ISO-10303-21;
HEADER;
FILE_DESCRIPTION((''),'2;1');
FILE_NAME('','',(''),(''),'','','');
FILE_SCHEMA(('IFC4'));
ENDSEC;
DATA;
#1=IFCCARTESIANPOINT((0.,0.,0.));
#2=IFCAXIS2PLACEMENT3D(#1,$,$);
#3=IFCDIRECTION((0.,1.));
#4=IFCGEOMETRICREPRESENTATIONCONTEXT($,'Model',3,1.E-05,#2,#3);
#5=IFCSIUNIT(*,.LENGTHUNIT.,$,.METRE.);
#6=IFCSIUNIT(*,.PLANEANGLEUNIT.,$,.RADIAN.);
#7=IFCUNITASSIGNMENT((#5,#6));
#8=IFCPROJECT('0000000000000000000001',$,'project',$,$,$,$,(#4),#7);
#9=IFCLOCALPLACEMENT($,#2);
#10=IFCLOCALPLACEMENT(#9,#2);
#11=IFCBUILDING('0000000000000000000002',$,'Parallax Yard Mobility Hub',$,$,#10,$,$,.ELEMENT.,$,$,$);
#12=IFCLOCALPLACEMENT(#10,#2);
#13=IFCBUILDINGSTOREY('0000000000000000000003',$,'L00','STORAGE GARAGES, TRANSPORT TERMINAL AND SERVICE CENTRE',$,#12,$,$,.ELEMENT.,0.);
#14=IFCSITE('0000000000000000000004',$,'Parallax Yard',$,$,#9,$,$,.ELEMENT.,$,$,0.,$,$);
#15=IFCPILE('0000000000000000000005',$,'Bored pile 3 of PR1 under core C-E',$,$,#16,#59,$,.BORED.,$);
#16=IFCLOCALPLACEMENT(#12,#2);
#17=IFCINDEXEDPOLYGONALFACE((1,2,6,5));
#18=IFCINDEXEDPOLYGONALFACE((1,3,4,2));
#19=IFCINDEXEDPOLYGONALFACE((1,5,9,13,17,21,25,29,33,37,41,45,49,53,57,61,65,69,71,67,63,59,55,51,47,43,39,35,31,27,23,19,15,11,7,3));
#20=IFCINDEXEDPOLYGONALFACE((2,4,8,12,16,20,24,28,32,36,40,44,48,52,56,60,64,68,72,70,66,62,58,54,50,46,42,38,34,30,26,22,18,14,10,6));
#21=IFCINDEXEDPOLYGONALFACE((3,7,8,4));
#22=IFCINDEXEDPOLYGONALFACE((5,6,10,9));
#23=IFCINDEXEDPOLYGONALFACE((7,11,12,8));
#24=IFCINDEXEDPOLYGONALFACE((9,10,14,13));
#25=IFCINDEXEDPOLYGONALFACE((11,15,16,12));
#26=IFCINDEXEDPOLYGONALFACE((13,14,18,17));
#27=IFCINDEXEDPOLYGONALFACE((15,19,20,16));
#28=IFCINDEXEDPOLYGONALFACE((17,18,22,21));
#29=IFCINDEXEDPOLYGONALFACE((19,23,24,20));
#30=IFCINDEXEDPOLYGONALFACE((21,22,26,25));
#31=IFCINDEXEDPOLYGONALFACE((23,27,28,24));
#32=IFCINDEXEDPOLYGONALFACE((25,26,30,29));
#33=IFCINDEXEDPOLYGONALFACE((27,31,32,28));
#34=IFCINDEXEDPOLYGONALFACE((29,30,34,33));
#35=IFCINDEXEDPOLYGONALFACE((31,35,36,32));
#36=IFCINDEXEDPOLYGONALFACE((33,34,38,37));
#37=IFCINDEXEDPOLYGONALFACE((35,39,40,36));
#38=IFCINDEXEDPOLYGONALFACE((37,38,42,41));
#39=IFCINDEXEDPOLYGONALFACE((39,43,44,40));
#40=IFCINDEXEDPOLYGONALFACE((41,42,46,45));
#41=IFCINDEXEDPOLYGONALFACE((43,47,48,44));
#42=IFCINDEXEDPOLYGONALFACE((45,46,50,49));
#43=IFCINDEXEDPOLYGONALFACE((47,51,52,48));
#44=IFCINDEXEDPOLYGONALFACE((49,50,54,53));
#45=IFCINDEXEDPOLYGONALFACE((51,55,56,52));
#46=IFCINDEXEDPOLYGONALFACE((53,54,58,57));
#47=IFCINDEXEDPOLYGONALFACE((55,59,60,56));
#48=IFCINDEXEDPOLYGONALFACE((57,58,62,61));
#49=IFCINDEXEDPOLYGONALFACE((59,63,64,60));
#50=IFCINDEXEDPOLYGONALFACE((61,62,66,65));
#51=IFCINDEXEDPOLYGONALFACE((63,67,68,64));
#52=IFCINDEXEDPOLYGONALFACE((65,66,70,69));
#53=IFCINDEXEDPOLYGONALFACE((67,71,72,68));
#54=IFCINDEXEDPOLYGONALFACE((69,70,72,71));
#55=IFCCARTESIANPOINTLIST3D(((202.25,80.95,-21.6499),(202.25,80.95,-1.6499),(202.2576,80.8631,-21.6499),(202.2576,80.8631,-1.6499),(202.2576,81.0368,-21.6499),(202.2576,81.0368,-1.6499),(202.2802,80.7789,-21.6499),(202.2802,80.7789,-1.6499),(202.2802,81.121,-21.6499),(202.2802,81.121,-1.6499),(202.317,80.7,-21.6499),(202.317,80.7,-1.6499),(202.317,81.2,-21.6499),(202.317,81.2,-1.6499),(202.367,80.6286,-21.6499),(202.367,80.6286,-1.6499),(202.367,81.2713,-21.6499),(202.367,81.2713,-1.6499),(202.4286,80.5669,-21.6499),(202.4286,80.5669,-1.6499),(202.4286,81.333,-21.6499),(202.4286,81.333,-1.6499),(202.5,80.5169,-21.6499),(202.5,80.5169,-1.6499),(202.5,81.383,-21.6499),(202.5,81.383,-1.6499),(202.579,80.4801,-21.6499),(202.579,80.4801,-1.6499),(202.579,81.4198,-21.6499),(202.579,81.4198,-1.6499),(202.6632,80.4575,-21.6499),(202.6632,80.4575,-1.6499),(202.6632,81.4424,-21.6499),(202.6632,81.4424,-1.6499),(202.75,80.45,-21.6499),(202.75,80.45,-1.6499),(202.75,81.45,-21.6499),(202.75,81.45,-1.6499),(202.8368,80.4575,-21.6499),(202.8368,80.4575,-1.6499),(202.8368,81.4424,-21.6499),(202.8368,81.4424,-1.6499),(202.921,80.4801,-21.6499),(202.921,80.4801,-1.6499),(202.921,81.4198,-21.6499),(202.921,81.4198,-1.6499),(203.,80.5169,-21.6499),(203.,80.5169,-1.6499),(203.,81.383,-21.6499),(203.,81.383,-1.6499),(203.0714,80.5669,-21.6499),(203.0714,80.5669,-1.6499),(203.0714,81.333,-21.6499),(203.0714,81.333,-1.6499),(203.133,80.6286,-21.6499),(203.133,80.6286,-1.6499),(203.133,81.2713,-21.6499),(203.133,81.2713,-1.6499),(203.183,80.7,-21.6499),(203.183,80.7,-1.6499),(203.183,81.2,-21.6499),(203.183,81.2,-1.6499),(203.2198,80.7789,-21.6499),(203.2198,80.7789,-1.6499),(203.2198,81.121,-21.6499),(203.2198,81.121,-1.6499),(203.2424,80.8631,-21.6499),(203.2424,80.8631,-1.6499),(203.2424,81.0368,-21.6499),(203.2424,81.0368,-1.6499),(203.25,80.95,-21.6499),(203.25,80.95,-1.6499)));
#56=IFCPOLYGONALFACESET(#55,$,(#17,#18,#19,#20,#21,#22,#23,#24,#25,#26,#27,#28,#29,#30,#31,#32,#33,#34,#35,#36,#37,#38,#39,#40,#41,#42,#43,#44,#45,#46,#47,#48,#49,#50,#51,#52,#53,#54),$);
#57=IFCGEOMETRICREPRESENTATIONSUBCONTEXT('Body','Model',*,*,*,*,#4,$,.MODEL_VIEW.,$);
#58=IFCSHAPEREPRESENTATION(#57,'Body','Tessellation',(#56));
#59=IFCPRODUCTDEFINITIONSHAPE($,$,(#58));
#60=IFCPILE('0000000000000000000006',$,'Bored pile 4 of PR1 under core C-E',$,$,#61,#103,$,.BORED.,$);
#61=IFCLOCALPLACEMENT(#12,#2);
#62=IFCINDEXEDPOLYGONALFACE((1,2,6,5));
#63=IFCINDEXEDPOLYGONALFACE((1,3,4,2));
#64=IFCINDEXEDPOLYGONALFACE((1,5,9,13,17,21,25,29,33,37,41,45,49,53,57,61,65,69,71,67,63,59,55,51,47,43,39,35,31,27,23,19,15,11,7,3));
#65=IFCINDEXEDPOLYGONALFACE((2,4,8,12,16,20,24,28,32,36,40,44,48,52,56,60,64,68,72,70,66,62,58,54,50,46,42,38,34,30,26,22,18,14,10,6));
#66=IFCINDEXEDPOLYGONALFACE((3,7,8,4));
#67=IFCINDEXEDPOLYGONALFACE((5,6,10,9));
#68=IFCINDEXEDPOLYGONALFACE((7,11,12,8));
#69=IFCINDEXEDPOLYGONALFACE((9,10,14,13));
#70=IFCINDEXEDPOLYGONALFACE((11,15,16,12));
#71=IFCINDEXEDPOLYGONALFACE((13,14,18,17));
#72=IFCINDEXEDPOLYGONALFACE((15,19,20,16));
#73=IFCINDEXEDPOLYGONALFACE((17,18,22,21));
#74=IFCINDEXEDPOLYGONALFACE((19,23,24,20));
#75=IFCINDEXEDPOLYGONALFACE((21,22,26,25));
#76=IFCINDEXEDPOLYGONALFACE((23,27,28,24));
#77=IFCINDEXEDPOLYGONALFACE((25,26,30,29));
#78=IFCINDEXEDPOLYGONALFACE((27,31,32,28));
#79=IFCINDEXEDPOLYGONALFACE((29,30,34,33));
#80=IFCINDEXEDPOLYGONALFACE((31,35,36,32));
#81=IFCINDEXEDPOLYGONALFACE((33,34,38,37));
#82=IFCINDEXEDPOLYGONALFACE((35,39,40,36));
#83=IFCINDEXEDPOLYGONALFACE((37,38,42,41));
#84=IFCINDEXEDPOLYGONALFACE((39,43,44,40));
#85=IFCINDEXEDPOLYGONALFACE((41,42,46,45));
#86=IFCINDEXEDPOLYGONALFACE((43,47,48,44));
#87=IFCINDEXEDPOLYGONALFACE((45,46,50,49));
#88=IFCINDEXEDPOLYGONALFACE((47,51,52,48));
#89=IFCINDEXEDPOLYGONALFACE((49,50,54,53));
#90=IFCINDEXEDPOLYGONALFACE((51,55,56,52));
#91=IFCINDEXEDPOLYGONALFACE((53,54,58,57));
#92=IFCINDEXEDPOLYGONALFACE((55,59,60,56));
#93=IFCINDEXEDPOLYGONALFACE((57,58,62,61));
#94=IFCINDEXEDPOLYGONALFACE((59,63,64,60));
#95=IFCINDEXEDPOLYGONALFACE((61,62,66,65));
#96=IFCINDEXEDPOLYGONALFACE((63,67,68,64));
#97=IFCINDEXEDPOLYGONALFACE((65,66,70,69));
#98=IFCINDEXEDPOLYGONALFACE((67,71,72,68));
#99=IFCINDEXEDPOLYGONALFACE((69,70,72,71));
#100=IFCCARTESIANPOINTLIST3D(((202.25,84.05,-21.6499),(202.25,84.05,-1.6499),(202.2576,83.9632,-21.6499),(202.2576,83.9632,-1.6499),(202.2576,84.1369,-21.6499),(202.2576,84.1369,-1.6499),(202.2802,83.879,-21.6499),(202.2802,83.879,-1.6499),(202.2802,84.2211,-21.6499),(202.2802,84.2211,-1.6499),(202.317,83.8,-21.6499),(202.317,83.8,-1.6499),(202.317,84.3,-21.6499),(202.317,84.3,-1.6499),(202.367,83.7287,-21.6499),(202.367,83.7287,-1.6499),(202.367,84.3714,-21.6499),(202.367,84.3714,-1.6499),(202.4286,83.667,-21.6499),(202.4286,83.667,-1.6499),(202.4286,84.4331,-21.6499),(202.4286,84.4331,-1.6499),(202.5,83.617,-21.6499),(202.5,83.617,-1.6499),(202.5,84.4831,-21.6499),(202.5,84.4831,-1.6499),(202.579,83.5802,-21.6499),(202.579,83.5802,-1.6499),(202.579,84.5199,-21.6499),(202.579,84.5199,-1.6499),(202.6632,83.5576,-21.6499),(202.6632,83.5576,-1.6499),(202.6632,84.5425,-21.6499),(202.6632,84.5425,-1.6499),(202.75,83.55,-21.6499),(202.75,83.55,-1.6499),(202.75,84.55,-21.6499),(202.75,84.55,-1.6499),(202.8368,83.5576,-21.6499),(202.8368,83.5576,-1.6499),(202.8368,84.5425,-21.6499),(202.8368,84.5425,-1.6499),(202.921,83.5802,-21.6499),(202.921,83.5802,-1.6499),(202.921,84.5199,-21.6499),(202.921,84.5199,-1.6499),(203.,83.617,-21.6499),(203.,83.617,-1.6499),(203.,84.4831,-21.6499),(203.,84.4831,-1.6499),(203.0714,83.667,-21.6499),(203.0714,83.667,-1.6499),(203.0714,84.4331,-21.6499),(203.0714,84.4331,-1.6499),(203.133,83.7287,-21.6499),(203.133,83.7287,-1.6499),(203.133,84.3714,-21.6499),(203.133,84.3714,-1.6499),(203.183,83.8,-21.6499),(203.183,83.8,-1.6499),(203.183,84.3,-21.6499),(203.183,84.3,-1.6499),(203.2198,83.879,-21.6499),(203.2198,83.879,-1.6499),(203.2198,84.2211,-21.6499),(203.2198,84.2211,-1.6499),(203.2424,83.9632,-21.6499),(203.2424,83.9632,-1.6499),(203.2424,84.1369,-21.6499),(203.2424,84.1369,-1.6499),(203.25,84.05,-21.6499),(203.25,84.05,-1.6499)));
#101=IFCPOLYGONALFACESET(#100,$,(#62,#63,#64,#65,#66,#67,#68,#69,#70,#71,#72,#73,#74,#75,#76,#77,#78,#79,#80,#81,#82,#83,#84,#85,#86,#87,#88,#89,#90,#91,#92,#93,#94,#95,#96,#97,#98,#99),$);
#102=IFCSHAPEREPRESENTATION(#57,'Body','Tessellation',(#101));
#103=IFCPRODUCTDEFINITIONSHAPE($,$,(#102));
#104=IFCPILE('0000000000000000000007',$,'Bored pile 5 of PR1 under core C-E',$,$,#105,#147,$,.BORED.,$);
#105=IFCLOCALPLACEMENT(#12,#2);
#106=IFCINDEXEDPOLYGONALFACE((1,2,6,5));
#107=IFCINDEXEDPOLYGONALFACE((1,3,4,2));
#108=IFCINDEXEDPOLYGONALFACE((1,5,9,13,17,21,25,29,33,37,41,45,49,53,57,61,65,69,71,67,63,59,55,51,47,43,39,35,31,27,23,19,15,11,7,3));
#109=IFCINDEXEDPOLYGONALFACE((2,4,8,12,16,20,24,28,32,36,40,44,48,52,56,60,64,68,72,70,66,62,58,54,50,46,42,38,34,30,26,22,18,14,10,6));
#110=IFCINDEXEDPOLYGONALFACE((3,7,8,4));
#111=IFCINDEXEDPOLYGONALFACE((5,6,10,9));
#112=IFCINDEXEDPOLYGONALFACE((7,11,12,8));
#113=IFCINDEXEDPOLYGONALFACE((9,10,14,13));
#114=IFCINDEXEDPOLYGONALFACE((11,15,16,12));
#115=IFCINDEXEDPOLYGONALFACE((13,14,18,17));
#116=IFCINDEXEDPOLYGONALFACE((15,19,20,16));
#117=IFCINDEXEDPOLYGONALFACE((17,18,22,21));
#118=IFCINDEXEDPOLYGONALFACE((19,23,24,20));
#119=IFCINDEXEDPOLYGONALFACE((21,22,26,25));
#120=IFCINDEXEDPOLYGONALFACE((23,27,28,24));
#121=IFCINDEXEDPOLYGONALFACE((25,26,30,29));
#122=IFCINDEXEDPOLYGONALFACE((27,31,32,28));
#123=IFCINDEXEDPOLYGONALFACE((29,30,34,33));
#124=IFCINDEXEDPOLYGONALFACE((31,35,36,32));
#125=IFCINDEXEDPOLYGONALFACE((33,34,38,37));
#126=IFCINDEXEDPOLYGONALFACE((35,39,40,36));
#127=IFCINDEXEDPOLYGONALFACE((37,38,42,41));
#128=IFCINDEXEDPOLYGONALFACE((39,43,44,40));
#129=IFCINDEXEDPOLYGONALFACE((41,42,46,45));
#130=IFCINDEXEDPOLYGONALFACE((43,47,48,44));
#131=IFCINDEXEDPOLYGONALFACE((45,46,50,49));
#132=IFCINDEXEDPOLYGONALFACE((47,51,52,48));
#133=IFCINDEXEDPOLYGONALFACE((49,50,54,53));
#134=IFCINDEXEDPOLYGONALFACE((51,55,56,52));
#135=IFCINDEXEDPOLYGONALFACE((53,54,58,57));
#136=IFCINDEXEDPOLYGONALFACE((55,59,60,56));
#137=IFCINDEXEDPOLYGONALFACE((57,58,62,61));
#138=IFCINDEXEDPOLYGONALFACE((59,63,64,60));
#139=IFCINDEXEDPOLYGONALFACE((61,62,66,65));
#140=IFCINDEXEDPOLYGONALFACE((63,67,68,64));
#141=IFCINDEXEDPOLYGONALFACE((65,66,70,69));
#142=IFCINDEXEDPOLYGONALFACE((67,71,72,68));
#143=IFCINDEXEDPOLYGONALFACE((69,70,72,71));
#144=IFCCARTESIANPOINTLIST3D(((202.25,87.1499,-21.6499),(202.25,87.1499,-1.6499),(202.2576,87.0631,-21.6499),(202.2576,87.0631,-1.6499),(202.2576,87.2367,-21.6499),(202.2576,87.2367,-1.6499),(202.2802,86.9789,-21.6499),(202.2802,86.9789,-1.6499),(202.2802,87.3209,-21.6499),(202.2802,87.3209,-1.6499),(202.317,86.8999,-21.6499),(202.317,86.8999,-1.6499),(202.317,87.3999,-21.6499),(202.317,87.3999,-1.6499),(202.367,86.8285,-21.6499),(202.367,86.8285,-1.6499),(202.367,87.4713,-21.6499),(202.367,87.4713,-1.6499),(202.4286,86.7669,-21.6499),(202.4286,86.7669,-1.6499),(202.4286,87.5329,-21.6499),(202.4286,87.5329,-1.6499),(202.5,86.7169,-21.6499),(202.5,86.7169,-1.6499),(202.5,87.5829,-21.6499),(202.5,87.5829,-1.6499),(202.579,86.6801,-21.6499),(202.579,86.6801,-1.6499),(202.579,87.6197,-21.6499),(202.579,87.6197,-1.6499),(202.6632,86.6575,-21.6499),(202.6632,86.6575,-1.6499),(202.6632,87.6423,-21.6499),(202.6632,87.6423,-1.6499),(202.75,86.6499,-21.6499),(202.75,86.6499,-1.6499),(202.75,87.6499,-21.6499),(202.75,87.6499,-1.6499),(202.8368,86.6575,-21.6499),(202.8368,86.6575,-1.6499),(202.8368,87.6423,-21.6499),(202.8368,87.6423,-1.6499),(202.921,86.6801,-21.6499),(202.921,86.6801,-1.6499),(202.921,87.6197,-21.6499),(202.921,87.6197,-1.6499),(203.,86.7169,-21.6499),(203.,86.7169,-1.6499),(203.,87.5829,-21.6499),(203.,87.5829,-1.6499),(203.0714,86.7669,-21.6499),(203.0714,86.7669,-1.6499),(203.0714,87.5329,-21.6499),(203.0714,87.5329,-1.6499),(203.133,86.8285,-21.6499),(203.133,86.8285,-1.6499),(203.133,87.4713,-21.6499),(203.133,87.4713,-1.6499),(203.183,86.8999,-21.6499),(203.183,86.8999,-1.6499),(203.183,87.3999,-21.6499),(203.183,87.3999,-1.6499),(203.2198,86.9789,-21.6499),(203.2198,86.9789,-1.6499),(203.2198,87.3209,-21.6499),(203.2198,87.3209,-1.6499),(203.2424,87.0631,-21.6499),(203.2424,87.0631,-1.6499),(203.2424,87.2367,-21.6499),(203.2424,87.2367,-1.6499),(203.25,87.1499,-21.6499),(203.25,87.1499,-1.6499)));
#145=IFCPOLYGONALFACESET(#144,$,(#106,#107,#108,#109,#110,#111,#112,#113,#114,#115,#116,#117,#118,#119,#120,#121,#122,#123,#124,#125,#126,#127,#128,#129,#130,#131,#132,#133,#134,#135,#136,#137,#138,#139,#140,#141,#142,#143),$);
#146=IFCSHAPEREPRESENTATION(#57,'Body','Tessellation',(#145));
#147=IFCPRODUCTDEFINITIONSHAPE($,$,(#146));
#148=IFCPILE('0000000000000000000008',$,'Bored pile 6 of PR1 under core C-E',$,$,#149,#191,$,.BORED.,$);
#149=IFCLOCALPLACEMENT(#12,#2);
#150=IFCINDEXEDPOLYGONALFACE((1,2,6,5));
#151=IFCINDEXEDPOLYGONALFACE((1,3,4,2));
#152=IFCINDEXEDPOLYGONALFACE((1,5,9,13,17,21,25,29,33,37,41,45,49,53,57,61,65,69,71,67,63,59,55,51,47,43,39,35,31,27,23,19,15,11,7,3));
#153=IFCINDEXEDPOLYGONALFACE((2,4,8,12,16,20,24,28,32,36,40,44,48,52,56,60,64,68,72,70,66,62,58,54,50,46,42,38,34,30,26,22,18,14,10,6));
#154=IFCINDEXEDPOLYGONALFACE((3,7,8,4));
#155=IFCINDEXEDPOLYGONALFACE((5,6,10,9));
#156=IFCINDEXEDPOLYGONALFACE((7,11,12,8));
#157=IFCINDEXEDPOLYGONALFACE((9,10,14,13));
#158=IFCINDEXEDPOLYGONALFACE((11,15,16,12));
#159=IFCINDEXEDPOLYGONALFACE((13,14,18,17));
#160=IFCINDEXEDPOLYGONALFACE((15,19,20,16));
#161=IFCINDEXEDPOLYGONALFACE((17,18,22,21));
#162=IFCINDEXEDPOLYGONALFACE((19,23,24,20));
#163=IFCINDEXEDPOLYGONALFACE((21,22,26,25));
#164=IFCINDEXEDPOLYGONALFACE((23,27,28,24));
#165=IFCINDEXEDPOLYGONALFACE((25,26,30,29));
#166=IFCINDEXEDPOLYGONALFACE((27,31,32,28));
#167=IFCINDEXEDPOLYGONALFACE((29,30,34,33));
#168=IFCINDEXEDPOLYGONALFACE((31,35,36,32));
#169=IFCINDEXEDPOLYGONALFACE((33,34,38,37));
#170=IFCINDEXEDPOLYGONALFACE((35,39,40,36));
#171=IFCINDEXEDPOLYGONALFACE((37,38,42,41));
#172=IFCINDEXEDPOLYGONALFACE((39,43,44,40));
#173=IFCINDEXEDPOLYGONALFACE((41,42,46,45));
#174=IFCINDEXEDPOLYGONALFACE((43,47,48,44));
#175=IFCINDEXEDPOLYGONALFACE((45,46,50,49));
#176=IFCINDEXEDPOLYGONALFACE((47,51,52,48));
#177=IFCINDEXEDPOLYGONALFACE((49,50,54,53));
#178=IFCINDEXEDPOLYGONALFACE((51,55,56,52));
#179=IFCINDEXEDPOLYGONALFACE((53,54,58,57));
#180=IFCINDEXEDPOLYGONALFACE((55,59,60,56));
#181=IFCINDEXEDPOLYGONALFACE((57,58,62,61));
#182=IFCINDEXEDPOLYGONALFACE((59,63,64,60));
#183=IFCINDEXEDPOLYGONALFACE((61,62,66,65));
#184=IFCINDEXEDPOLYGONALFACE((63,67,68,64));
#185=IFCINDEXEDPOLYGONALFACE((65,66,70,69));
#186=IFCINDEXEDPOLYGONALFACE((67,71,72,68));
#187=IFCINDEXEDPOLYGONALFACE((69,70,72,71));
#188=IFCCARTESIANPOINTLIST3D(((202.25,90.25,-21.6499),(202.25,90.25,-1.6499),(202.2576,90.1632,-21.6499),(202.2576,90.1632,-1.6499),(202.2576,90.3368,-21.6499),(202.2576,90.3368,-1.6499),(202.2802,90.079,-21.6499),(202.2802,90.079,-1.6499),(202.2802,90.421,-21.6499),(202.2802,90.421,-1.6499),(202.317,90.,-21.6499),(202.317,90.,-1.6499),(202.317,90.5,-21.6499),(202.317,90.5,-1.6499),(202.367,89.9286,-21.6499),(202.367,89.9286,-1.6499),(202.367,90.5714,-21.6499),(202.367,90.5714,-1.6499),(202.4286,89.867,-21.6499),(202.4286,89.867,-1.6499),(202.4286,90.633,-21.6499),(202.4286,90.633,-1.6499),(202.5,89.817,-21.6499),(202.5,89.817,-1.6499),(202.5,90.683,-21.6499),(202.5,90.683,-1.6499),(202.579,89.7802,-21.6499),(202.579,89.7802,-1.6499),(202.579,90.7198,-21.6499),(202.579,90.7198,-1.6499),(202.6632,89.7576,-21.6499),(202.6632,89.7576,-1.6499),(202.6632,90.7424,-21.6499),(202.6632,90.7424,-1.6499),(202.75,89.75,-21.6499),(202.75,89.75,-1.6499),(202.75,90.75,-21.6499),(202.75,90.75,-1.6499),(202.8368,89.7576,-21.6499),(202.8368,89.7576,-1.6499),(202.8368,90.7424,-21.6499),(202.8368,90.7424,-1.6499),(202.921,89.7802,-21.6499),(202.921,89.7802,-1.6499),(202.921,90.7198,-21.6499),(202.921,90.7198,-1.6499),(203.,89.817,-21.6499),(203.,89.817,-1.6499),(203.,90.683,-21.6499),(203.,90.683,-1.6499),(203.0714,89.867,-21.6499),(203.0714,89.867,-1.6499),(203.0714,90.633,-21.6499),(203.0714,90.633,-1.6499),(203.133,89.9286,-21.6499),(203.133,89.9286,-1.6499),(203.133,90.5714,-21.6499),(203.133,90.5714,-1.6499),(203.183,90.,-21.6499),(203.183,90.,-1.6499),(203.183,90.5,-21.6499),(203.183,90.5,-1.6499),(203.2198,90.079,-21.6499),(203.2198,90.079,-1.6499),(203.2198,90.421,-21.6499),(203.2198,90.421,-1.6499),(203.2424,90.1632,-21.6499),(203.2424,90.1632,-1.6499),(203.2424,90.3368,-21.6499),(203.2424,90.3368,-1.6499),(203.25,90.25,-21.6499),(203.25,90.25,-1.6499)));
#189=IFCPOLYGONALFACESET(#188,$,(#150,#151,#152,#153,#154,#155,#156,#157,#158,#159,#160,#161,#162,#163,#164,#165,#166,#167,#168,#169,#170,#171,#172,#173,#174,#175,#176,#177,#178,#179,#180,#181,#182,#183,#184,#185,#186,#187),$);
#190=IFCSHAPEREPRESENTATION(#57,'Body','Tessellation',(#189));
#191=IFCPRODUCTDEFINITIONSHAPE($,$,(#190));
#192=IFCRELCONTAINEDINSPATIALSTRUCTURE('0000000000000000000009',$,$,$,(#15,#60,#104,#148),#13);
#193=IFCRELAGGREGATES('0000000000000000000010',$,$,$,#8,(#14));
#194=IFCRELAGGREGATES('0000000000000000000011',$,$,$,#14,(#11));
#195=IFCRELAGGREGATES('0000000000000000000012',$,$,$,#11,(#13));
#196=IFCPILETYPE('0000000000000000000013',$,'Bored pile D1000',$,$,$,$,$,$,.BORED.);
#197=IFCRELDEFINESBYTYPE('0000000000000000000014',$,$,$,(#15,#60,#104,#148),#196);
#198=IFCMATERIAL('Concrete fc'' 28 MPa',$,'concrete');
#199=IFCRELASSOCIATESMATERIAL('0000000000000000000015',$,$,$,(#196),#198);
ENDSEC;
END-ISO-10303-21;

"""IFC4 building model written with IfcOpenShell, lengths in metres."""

from ifc_helpers import new_model, si_unit, direction, frame, origin, origin_2d, place, context, subcontext, project, spatial, circle, extrude, material, material_profile, profile_set, type_object, element, save


model = new_model("IFC4")

# Units and contexts
model_context = context("Model", 3, precision=1e-05, world=origin(), true_north=direction((0.0, 1.0)))
body_context = subcontext(model_context, "Body", "Model", "MODEL_VIEW")
ifc_project = project(units=[si_unit("LENGTHUNIT", "METRE"), si_unit("PLANEANGLEUNIT", "RADIAN")], contexts=[model_context])

# Site, building, storey
site_placement = place(None, origin())
site = spatial("IfcSite", under=ifc_project, at=site_placement, Name="Parallax Yard", CompositionType="ELEMENT", RefElevation=0.0)
building_placement = place(site_placement, origin())
building = spatial("IfcBuilding", under=site, at=building_placement, Name="Parallax Yard Mobility Hub", CompositionType="ELEMENT")
storey_placement = place(building_placement, origin())
storey = spatial("IfcBuildingStorey", under=building, at=storey_placement, Name="L00", Description="STORAGE GARAGES, TRANSPORT TERMINAL AND SERVICE CENTRE", CompositionType="ELEMENT", Elevation=0.0)

# Piles
ifc_material_1 = material(Name="Concrete fc' 28 MPa", Category="concrete")
ifc_material_profile_1 = material_profile(ifc_material_1, circle(Radius=0.5, at=origin_2d()), Name="Bored pile D1000")
ifc_profile_set_1 = profile_set([ifc_material_profile_1], Name="Concrete fc' 28 MPa")
pile_type = type_object("IfcPileType", Name="Bored pile D1000", PredefinedType="BORED", material=ifc_profile_set_1)
for number, where, z_axis, x_axis, name in (
    (1, (202.75, 80.95, -1.6499), (0.0, 0.0, -1.0), (1.0, 0.0, 0.0), "Bored pile 3 of PR1 under core C-E"),
    (2, (202.75, 84.05, -1.6499), (0.0, 0.0, -1.0), (1.0, 0.0, 0.0), "Bored pile 4 of PR1 under core C-E"),
    (3, (202.75, 87.1499, -1.6499), (0.0, 0.0, -1.0), (1.0, 0.0, 0.0), "Bored pile 5 of PR1 under core C-E"),
    (4, (202.75, 90.25, -1.6499), (0.0, 0.0, -1.0), (1.0, 0.0, 0.0), "Bored pile 6 of PR1 under core C-E"),
):
    element("IfcPile", number, at=place(storey_placement, frame(where, z_axis=z_axis, x_axis=x_axis)), inside=storey, type_object=pile_type, Name=name, PredefinedType="BORED", context=body_context, shape_type="SweptSolid", body=[
        extrude(circle(Radius=0.5, at=origin_2d()), origin(), (0.0, 0.0, 1.0), 20.0),
    ])

save(model, "model.ifc")
